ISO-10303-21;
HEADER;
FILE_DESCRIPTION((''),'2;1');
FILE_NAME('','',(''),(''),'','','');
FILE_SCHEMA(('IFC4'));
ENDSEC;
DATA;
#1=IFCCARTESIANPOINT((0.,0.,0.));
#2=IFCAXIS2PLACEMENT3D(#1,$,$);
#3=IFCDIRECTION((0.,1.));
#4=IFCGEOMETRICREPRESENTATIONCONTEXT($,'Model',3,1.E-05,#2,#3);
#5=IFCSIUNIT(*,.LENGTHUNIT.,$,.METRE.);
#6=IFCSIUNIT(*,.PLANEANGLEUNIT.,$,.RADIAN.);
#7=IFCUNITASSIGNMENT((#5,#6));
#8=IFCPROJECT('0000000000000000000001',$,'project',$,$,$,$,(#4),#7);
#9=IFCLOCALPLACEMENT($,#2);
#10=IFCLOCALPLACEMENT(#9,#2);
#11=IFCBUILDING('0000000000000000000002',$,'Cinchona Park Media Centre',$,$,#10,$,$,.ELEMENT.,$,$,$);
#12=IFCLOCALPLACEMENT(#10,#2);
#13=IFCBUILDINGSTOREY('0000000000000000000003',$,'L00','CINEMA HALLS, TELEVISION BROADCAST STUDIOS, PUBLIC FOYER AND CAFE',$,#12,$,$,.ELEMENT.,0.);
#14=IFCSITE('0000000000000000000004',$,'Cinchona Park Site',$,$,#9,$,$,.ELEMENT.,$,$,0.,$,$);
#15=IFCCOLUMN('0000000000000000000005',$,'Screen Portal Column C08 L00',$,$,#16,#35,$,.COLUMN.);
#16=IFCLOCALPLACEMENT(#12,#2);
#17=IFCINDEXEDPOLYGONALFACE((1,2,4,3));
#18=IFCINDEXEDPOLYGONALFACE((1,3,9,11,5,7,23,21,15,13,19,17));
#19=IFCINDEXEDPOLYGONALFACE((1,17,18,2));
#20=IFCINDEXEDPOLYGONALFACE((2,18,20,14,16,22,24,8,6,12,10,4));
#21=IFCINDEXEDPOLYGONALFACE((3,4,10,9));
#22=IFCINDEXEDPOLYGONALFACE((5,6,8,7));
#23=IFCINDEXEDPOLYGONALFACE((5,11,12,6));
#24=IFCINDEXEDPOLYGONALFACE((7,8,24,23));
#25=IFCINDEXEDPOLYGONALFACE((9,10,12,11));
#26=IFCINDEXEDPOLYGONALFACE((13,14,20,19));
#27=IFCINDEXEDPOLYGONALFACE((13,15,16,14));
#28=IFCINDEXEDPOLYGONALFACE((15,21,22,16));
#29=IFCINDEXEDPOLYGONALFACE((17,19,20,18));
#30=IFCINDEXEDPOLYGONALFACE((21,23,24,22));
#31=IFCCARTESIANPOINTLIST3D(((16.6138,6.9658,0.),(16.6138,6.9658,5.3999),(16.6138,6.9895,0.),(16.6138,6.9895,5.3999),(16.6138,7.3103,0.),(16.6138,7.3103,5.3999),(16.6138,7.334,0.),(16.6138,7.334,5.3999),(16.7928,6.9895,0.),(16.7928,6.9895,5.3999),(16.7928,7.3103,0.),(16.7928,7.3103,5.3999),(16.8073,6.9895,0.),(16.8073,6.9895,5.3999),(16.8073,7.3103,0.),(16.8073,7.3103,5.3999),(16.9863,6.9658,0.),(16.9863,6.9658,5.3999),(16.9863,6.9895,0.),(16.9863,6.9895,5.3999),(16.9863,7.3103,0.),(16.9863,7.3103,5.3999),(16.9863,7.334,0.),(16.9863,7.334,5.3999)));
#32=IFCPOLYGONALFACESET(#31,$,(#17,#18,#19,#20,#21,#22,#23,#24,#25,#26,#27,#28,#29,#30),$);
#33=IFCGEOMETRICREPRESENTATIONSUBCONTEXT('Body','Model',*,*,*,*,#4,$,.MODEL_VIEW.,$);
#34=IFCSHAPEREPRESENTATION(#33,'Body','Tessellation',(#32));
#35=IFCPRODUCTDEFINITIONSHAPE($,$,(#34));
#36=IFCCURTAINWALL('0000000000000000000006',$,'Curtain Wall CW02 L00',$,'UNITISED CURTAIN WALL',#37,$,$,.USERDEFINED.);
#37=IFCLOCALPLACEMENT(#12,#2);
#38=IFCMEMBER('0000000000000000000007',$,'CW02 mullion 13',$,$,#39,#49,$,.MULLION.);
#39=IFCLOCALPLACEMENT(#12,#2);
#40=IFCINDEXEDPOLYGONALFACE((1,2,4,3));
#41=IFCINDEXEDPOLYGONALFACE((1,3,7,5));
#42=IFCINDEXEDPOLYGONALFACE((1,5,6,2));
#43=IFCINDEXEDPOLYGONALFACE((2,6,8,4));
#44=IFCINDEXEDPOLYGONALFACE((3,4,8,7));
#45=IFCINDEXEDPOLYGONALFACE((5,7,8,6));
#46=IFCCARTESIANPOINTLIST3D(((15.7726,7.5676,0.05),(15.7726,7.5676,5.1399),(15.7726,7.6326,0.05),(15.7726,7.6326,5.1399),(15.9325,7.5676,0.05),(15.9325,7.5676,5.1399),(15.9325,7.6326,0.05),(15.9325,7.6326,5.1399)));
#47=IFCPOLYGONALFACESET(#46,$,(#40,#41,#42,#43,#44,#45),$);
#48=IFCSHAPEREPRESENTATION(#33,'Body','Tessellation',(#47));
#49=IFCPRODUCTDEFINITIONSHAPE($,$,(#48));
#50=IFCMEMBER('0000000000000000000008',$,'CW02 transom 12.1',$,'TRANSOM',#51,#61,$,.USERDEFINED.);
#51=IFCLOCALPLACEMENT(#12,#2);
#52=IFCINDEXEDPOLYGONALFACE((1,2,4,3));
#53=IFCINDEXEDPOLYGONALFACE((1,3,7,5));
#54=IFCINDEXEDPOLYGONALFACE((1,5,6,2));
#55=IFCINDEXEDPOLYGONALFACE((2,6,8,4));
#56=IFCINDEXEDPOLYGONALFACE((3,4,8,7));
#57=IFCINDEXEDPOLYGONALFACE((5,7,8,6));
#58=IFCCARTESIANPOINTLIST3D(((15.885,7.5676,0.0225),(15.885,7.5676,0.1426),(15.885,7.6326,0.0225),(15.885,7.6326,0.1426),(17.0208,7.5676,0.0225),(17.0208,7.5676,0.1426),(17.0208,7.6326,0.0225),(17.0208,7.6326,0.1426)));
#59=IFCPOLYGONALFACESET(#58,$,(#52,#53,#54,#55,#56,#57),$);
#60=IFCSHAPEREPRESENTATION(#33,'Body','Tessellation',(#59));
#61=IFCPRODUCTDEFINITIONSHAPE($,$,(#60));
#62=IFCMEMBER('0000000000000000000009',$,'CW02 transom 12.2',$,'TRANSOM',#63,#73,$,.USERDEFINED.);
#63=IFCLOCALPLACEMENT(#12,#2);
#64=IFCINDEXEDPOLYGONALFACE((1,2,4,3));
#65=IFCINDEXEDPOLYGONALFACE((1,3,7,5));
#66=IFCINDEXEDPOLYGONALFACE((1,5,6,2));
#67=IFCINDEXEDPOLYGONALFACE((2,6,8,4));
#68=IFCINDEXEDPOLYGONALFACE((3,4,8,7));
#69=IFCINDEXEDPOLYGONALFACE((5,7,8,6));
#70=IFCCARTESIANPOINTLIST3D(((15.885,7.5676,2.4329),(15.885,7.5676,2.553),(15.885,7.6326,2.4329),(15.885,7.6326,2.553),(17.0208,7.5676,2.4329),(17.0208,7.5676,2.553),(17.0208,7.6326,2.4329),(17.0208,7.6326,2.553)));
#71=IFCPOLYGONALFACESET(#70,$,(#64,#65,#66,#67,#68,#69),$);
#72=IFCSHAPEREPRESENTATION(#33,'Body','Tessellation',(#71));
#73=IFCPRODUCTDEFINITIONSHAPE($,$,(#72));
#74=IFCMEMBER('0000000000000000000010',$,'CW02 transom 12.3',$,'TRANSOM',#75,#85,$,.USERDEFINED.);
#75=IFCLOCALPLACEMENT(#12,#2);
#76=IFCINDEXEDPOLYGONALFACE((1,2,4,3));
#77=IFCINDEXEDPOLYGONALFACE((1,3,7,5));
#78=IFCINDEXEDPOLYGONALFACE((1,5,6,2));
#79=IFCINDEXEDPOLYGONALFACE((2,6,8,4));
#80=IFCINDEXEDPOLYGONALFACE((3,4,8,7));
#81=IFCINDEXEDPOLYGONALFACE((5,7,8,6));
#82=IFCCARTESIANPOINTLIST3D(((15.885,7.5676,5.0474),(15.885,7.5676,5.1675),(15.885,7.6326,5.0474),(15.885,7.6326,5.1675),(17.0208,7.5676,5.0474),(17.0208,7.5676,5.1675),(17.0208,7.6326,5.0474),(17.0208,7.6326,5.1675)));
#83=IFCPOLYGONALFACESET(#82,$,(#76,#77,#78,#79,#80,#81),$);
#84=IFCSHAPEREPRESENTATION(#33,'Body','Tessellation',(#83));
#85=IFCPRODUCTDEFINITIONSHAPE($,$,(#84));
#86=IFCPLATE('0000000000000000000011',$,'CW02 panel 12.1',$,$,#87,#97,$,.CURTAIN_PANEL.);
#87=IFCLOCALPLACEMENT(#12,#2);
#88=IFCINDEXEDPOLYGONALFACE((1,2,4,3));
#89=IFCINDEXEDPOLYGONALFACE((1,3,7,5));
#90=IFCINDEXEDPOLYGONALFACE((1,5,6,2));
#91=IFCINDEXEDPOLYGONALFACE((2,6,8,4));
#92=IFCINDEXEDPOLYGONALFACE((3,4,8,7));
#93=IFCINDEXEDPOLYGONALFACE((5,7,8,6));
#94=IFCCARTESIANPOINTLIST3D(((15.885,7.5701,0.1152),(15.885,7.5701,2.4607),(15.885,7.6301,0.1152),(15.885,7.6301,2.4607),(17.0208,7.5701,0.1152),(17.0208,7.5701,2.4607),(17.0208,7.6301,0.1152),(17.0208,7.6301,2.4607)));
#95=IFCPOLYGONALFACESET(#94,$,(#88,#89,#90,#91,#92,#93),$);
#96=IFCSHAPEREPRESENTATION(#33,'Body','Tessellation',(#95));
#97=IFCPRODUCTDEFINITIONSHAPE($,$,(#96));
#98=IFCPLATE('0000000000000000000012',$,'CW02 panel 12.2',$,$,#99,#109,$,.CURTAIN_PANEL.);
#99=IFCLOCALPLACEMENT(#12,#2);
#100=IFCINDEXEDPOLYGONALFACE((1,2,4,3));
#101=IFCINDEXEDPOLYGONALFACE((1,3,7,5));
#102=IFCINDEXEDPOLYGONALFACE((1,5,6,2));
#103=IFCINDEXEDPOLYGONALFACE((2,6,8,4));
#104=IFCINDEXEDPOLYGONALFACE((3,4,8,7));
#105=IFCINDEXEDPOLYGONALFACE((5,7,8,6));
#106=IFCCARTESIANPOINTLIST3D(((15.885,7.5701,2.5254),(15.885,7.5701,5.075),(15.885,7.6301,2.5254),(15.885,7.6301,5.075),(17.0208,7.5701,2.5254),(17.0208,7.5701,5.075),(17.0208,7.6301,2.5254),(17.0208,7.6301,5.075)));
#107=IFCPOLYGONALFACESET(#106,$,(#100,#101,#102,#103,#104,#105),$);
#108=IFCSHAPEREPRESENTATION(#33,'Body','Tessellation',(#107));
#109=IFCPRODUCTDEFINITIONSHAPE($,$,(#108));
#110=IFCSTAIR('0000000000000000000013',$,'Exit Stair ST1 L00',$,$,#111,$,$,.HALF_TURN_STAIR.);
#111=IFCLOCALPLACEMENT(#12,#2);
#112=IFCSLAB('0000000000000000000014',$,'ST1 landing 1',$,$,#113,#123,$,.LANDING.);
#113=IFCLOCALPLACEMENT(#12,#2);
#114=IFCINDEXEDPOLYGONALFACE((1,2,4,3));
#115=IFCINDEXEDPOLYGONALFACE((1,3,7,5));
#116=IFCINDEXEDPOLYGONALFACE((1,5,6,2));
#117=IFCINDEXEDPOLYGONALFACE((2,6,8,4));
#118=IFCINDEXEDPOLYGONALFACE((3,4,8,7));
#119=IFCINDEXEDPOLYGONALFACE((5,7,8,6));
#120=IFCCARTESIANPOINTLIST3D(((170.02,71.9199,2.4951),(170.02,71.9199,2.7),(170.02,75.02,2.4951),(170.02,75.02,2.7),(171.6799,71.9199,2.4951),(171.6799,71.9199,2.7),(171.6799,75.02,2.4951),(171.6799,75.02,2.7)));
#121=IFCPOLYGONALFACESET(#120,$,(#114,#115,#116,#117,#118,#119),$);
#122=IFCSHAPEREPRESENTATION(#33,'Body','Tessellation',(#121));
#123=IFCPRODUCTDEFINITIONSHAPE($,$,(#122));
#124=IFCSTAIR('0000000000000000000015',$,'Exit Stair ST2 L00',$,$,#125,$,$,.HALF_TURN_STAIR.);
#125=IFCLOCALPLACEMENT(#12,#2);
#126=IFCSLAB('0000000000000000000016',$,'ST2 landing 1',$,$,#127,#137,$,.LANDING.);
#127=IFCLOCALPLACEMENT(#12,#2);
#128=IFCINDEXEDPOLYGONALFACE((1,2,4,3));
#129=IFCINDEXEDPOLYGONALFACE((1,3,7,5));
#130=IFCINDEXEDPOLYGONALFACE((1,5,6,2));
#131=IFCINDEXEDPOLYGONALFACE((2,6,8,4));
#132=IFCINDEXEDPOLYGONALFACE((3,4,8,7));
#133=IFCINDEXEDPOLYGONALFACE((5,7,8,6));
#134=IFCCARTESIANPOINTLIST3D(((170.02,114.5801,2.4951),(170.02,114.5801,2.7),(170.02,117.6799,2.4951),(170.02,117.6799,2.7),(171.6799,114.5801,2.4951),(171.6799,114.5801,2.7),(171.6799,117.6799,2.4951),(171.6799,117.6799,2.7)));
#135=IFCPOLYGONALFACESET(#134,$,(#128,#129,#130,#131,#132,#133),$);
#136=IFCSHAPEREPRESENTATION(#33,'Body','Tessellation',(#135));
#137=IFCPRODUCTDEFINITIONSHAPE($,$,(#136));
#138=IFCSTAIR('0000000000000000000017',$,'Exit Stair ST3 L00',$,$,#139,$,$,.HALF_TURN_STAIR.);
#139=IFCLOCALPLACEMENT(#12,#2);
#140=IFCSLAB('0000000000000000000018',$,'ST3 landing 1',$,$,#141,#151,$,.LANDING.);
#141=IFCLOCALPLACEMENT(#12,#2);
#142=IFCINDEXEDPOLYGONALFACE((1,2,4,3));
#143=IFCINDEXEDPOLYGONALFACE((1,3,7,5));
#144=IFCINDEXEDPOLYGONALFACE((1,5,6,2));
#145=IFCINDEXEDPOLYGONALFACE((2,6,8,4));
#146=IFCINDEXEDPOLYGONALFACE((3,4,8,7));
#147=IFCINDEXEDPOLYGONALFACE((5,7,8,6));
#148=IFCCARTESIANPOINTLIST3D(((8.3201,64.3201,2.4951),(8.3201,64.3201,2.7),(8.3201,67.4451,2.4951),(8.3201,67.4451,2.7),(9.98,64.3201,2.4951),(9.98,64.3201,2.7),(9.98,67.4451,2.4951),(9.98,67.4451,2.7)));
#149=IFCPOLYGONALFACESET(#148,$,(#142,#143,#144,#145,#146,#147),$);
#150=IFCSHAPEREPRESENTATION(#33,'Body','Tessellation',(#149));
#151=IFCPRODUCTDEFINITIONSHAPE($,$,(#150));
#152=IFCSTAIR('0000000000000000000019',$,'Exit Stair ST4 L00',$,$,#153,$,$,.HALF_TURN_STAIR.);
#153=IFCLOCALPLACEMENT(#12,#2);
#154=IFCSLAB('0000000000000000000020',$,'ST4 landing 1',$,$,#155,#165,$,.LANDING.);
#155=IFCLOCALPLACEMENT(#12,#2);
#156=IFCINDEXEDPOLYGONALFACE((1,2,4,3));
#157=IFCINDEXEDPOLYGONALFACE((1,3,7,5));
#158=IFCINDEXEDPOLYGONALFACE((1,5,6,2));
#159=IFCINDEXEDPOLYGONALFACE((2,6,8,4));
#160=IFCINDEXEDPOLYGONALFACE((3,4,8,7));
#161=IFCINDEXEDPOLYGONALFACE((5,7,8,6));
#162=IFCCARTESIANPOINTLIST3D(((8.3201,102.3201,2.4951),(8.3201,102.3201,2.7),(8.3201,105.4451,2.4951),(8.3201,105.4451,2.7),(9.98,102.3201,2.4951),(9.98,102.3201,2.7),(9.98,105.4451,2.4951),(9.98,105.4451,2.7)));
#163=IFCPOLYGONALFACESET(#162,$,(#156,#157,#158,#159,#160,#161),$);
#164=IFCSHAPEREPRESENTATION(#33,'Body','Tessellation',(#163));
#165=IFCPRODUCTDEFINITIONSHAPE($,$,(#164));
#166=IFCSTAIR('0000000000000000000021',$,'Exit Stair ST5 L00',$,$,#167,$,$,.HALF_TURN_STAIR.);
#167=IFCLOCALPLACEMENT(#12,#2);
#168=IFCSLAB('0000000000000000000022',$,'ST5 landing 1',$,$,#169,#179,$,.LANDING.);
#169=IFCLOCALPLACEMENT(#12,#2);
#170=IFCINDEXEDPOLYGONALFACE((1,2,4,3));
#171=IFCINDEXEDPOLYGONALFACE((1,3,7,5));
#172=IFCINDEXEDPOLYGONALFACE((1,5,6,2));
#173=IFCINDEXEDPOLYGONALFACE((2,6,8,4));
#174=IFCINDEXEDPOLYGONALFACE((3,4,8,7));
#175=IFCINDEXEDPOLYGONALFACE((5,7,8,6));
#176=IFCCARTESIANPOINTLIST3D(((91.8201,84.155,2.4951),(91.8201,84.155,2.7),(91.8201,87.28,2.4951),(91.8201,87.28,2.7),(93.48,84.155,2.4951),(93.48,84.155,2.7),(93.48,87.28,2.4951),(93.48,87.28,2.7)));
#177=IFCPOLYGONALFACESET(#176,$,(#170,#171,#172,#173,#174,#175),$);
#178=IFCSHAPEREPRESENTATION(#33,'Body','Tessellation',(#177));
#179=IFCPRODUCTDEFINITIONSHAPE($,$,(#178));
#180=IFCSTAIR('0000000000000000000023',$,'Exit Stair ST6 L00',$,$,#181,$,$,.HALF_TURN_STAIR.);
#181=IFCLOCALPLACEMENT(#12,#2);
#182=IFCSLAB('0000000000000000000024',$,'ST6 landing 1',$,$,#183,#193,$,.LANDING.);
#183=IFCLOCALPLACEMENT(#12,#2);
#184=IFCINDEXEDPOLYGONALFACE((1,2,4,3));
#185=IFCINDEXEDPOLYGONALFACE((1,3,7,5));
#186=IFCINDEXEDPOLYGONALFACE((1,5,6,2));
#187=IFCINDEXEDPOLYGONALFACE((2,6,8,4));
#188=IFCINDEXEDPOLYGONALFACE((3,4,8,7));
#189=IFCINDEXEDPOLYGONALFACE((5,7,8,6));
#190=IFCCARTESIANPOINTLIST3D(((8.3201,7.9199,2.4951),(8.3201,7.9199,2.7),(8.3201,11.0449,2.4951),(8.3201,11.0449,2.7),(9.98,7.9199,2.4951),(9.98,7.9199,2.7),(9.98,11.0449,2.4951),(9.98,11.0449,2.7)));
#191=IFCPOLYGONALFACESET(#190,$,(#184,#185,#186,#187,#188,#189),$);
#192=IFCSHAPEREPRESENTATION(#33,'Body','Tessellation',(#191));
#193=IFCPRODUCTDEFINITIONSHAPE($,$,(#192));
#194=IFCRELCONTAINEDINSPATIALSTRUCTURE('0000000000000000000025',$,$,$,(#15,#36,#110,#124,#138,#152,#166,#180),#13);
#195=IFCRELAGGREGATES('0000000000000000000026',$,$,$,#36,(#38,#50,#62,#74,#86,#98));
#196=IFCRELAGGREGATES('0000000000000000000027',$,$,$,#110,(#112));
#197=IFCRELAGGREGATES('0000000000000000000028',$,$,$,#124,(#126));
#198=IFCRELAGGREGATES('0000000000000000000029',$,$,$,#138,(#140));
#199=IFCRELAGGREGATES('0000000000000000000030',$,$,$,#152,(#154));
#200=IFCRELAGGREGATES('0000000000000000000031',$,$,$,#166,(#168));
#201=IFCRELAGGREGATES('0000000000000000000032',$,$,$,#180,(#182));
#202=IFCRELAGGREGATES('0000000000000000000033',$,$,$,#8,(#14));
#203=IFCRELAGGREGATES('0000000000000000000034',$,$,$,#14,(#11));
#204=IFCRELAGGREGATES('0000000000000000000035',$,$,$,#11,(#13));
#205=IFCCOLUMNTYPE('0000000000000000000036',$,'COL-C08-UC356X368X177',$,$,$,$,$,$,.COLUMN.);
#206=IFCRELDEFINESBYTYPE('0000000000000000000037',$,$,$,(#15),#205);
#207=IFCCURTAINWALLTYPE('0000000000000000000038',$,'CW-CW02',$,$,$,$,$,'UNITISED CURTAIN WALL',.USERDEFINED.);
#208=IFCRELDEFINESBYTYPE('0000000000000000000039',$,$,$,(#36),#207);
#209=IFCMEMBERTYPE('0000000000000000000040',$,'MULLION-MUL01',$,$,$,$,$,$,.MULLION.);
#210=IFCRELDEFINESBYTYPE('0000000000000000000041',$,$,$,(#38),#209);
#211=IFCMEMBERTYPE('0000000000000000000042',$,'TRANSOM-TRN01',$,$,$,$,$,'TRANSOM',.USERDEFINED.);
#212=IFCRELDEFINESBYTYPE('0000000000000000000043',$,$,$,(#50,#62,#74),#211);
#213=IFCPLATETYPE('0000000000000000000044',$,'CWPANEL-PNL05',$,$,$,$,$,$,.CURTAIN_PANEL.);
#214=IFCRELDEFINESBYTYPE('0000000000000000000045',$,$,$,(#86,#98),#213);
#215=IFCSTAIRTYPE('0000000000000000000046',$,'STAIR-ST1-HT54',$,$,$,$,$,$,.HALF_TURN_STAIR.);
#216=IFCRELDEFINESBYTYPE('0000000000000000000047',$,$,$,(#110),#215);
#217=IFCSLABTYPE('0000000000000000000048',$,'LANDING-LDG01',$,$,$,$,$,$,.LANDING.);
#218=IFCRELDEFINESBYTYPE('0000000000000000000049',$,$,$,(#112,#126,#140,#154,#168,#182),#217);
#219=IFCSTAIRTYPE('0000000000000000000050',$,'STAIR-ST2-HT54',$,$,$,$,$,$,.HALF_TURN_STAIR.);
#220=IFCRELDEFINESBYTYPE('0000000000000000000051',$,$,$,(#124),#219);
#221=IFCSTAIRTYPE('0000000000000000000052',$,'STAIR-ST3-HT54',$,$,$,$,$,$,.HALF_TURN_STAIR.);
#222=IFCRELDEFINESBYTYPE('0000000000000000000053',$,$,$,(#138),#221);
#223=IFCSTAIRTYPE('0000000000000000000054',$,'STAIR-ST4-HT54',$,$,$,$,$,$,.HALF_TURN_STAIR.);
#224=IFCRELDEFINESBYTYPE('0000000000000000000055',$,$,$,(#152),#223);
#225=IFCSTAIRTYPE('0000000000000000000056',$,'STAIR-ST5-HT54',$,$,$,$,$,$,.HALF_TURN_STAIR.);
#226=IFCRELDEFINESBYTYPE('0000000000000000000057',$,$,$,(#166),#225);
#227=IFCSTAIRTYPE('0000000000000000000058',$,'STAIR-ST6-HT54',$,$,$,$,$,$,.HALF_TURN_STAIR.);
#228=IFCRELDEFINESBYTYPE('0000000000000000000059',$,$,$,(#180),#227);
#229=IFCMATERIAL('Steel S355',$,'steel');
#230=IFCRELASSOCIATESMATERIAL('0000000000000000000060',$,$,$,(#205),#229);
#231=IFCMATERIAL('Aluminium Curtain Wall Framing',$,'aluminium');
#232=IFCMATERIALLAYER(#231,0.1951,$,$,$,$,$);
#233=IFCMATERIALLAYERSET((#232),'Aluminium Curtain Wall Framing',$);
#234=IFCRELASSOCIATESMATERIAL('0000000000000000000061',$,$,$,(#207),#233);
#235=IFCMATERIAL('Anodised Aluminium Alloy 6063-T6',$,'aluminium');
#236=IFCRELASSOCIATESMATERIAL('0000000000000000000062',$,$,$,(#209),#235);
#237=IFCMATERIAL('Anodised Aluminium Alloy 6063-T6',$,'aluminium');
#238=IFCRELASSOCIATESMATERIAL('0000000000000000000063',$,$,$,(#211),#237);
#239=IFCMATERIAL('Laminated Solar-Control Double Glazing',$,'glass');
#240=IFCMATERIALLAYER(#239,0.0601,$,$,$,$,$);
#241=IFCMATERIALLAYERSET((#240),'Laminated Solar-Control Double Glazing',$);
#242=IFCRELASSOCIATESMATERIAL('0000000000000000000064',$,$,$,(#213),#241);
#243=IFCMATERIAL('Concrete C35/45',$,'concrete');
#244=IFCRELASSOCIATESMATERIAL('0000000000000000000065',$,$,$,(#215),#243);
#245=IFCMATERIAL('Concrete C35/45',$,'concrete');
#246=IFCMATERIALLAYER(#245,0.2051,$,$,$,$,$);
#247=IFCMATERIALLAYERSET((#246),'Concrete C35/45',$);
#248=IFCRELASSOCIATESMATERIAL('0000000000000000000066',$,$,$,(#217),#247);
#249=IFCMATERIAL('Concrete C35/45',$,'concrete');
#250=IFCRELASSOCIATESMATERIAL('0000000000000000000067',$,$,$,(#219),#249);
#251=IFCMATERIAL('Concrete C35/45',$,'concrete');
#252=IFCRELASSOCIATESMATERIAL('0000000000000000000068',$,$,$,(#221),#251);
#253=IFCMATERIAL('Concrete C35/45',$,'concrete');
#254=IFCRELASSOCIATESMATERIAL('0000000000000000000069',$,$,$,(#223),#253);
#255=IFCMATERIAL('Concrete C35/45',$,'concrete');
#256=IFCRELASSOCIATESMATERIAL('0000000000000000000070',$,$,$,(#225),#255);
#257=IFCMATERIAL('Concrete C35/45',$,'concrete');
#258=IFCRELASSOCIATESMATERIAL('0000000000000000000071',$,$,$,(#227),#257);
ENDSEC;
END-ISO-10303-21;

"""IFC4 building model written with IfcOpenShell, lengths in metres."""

from ifc_helpers import new_model, si_unit, direction, frame, origin, origin_2d, place, context, subcontext, project, spatial, polyline, rectangle, i_section, outline, extrude, material, layer, layer_set, material_profile, profile_set, type_object, element, aggregate, save


model = new_model("IFC4")

# Units and contexts
model_context = context("Model", 3, precision=1e-05, world=origin(), true_north=direction((0.0, 1.0)))
body_context = subcontext(model_context, "Body", "Model", "MODEL_VIEW")
ifc_project = project(units=[si_unit("LENGTHUNIT", "METRE"), si_unit("PLANEANGLEUNIT", "RADIAN")], contexts=[model_context])

# Site, building, storey
site_placement = place(None, origin())
site = spatial("IfcSite", under=ifc_project, at=site_placement, Name="Cinchona Park Site", CompositionType="ELEMENT", RefElevation=0.0)
building_placement = place(site_placement, origin())
building = spatial("IfcBuilding", under=site, at=building_placement, Name="Cinchona Park Media Centre", CompositionType="ELEMENT")
storey_placement = place(building_placement, origin())
storey = spatial("IfcBuildingStorey", under=building, at=storey_placement, Name="L00", Description="CINEMA HALLS, TELEVISION BROADCAST STUDIOS, PUBLIC FOYER AND CAFE", CompositionType="ELEMENT", Elevation=0.0)

# Column
ifc_material_1 = material(Name="Steel S355", Category="steel")
ifc_material_profile_1 = material_profile(ifc_material_1, i_section(OverallWidth=0.3726, OverallDepth=0.3682, WebThickness=0.0144, FlangeThickness=0.0237, at=origin_2d()), Name="UC356X368X177")
ifc_profile_set_1 = profile_set([ifc_material_profile_1], Name="Steel S355")
column_type = type_object("IfcColumnType", Name="COL-C08-UC356X368X177", PredefinedType="COLUMN", material=ifc_profile_set_1)
column_placement = place(storey_placement, frame((16.8, 7.1499, 0.0), z_axis=(0.0, 0.0, 1.0), x_axis=(1.0, 0.0, 0.0)))
element("IfcColumn", 1, at=column_placement, inside=storey, type_object=column_type, Name="Screen Portal Column C08 L00", PredefinedType="COLUMN", context=body_context, shape_type="SweptSolid", body=[
    extrude(i_section(OverallWidth=0.3726, OverallDepth=0.3682, WebThickness=0.0144, FlangeThickness=0.0237, at=origin_2d()), origin(), (0.0, 0.0, 1.0), 5.3999),
])

# Curtain wall, members, plates
ifc_material_2 = material(Name="Aluminium Curtain Wall Framing", Category="aluminium")
ifc_layer_1 = layer(ifc_material_2, 0.1951)
ifc_layer_set_1 = layer_set([ifc_layer_1], Name="Aluminium Curtain Wall Framing")
curtain_wall_type = type_object("IfcCurtainWallType", Name="CW-CW02", ElementType="UNITISED CURTAIN WALL", PredefinedType="USERDEFINED", material=ifc_layer_set_1)
curtain_wall_placement = place(storey_placement, origin())
curtain_wall = element("IfcCurtainWall", 2, at=curtain_wall_placement, inside=storey, type_object=curtain_wall_type, Name="Curtain Wall CW02 L00", ObjectType="UNITISED CURTAIN WALL", PredefinedType="USERDEFINED")
ifc_material_3 = material(Name="Anodised Aluminium Alloy 6063-T6", Category="aluminium")
ifc_material_profile_2 = material_profile(ifc_material_3, rectangle(XDim=0.0649, YDim=0.1599, at=origin_2d()), Name="MUL-65X160")
ifc_profile_set_2 = profile_set([ifc_material_profile_2], Name="Anodised Aluminium Alloy 6063-T6")
member_type_1 = type_object("IfcMemberType", Name="MULLION-MUL01", PredefinedType="MULLION", material=ifc_profile_set_2)
member_1_placement = place(storey_placement, frame((15.8525, 7.6001, 0.05), z_axis=(0.0, 0.0, 1.0), x_axis=(0.0, -1.0, 0.0)))
member_1 = element("IfcMember", 3, at=member_1_placement, type_object=member_type_1, Name="CW02 mullion 13", PredefinedType="MULLION", context=body_context, shape_type="SweptSolid", body=[
    extrude(rectangle(XDim=0.0649, YDim=0.1599, at=origin_2d()), origin(), (0.0, 0.0, 1.0), 5.0898),
])
ifc_material_4 = material(Name="Anodised Aluminium Alloy 6063-T6", Category="aluminium")
ifc_material_profile_3 = material_profile(ifc_material_4, rectangle(XDim=0.0649, YDim=0.1201, at=origin_2d()), Name="TRN-65X120")
ifc_profile_set_3 = profile_set([ifc_material_profile_3], Name="Anodised Aluminium Alloy 6063-T6")
member_type_2 = type_object("IfcMemberType", Name="TRANSOM-TRN01", ElementType="TRANSOM", PredefinedType="USERDEFINED", material=ifc_profile_set_3)
member_2_placement = place(storey_placement, frame((17.0208, 7.6001, 0.0825), z_axis=(-1.0, 0.0, 0.0), x_axis=(0.0, -1.0, 0.0)))
member_2 = element("IfcMember", 4, at=member_2_placement, type_object=member_type_2, Name="CW02 transom 12.1", ObjectType="TRANSOM", PredefinedType="USERDEFINED", context=body_context, shape_type="SweptSolid", body=[
    extrude(rectangle(XDim=0.0649, YDim=0.1201, at=origin_2d()), origin(), (0.0, 0.0, 1.0), 1.1357),
])
member_3_placement = place(storey_placement, frame((17.0208, 7.6001, 2.4929), z_axis=(-1.0, 0.0, 0.0), x_axis=(0.0, -1.0, 0.0)))
member_3 = element("IfcMember", 5, at=member_3_placement, type_object=member_type_2, Name="CW02 transom 12.2", ObjectType="TRANSOM", PredefinedType="USERDEFINED", context=body_context, shape_type="SweptSolid", body=[
    extrude(rectangle(XDim=0.0649, YDim=0.1201, at=origin_2d()), origin(), (0.0, 0.0, 1.0), 1.1357),
])
member_4_placement = place(storey_placement, frame((17.0208, 7.6001, 5.1074), z_axis=(-1.0, 0.0, 0.0), x_axis=(0.0, -1.0, 0.0)))
member_4 = element("IfcMember", 6, at=member_4_placement, type_object=member_type_2, Name="CW02 transom 12.3", ObjectType="TRANSOM", PredefinedType="USERDEFINED", context=body_context, shape_type="SweptSolid", body=[
    extrude(rectangle(XDim=0.0649, YDim=0.1201, at=origin_2d()), origin(), (0.0, 0.0, 1.0), 1.1357),
])
ifc_material_5 = material(Name="Laminated Solar-Control Double Glazing", Category="glass")
ifc_layer_2 = layer(ifc_material_5, 0.0601)
ifc_layer_set_2 = layer_set([ifc_layer_2], Name="Laminated Solar-Control Double Glazing")
plate_type = type_object("IfcPlateType", Name="CWPANEL-PNL05", PredefinedType="CURTAIN_PANEL", material=ifc_layer_set_2)
plate_1_placement = place(storey_placement, frame((16.4529, 7.6001, 0.1152), z_axis=(0.0, 0.0, 1.0), x_axis=(-1.0, 0.0, 0.0)))
plate_1 = element("IfcPlate", 7, at=plate_1_placement, type_object=plate_type, Name="CW02 panel 12.1", PredefinedType="CURTAIN_PANEL", context=body_context, shape_type="SweptSolid", body=[
    extrude(rectangle(XDim=1.1357, YDim=0.0601, at=origin_2d()), origin(), (0.0, 0.0, 1.0), 2.3455),
])
plate_2_placement = place(storey_placement, frame((16.4529, 7.6001, 2.5254), z_axis=(0.0, 0.0, 1.0), x_axis=(-1.0, 0.0, 0.0)))
plate_2 = element("IfcPlate", 8, at=plate_2_placement, type_object=plate_type, Name="CW02 panel 12.2", PredefinedType="CURTAIN_PANEL", context=body_context, shape_type="SweptSolid", body=[
    extrude(rectangle(XDim=1.1357, YDim=0.0601, at=origin_2d()), origin(), (0.0, 0.0, 1.0), 2.5496),
])
aggregate(curtain_wall, [member_1, member_2, member_3, member_4, plate_1, plate_2])

# Stairs, slabs
ifc_material_6 = material(Name="Concrete C35/45", Category="concrete")
stair_type_1 = type_object("IfcStairType", Name="STAIR-ST1-HT54", PredefinedType="HALF_TURN_STAIR", material=ifc_material_6)
stair_1_placement = place(storey_placement, origin())
stair_1 = element("IfcStair", 9, at=stair_1_placement, inside=storey, type_object=stair_type_1, Name="Exit Stair ST1 L00", PredefinedType="HALF_TURN_STAIR")
ifc_material_7 = material(Name="Concrete C35/45", Category="concrete")
ifc_layer_3 = layer(ifc_material_7, 0.2051)
ifc_layer_set_3 = layer_set([ifc_layer_3], Name="Concrete C35/45")
slab_type_1 = type_object("IfcSlabType", Name="LANDING-LDG01", PredefinedType="LANDING", material=ifc_layer_set_3)
slab_1_placement = place(storey_placement, frame((0.0, 0.0, 2.4951)))
slab_1 = element("IfcSlab", 10, at=slab_1_placement, type_object=slab_type_1, Name="ST1 landing 1", PredefinedType="LANDING", context=body_context, shape_type="SweptSolid", body=[
    extrude(outline(polyline([(170.02, 71.9199), (171.6799, 71.9199), (171.6799, 75.02), (170.02, 75.02), (170.02, 71.9199)])), origin(), (0.0, 0.0, 1.0), 0.2048),
])
aggregate(stair_1, [slab_1])
ifc_material_8 = material(Name="Concrete C35/45", Category="concrete")
stair_type_2 = type_object("IfcStairType", Name="STAIR-ST2-HT54", PredefinedType="HALF_TURN_STAIR", material=ifc_material_8)
stair_2_placement = place(storey_placement, origin())
stair_2 = element("IfcStair", 11, at=stair_2_placement, inside=storey, type_object=stair_type_2, Name="Exit Stair ST2 L00", PredefinedType="HALF_TURN_STAIR")
slab_2_placement = place(storey_placement, frame((0.0, 0.0, 2.4951)))
slab_2 = element("IfcSlab", 12, at=slab_2_placement, type_object=slab_type_1, Name="ST2 landing 1", PredefinedType="LANDING", context=body_context, shape_type="SweptSolid", body=[
    extrude(outline(polyline([(170.02, 114.5801), (171.6799, 114.5801), (171.6799, 117.6799), (170.02, 117.6799), (170.02, 114.5801)])), origin(), (0.0, 0.0, 1.0), 0.2048),
])
aggregate(stair_2, [slab_2])
ifc_material_9 = material(Name="Concrete C35/45", Category="concrete")
stair_type_3 = type_object("IfcStairType", Name="STAIR-ST3-HT54", PredefinedType="HALF_TURN_STAIR", material=ifc_material_9)
stair_3_placement = place(storey_placement, origin())
stair_3 = element("IfcStair", 13, at=stair_3_placement, inside=storey, type_object=stair_type_3, Name="Exit Stair ST3 L00", PredefinedType="HALF_TURN_STAIR")
slab_3_placement = place(storey_placement, frame((0.0, 0.0, 2.4951)))
slab_3 = element("IfcSlab", 14, at=slab_3_placement, type_object=slab_type_1, Name="ST3 landing 1", PredefinedType="LANDING", context=body_context, shape_type="SweptSolid", body=[
    extrude(outline(polyline([(8.3201, 64.3201), (9.98, 64.3201), (9.98, 67.4451), (8.3201, 67.4451), (8.3201, 64.3201)])), origin(), (0.0, 0.0, 1.0), 0.2048),
])
aggregate(stair_3, [slab_3])
ifc_material_10 = material(Name="Concrete C35/45", Category="concrete")
stair_type_4 = type_object("IfcStairType", Name="STAIR-ST4-HT54", PredefinedType="HALF_TURN_STAIR", material=ifc_material_10)
stair_4_placement = place(storey_placement, origin())
stair_4 = element("IfcStair", 15, at=stair_4_placement, inside=storey, type_object=stair_type_4, Name="Exit Stair ST4 L00", PredefinedType="HALF_TURN_STAIR")
slab_4_placement = place(storey_placement, frame((0.0, 0.0, 2.4951)))
slab_4 = element("IfcSlab", 16, at=slab_4_placement, type_object=slab_type_1, Name="ST4 landing 1", PredefinedType="LANDING", context=body_context, shape_type="SweptSolid", body=[
    extrude(outline(polyline([(8.3201, 102.3201), (9.98, 102.3201), (9.98, 105.4451), (8.3201, 105.4451), (8.3201, 102.3201)])), origin(), (0.0, 0.0, 1.0), 0.2048),
])
aggregate(stair_4, [slab_4])
ifc_material_11 = material(Name="Concrete C35/45", Category="concrete")
stair_type_5 = type_object("IfcStairType", Name="STAIR-ST5-HT54", PredefinedType="HALF_TURN_STAIR", material=ifc_material_11)
stair_5_placement = place(storey_placement, origin())
stair_5 = element("IfcStair", 17, at=stair_5_placement, inside=storey, type_object=stair_type_5, Name="Exit Stair ST5 L00", PredefinedType="HALF_TURN_STAIR")
slab_5_placement = place(storey_placement, frame((0.0, 0.0, 2.4951)))
slab_5 = element("IfcSlab", 18, at=slab_5_placement, type_object=slab_type_1, Name="ST5 landing 1", PredefinedType="LANDING", context=body_context, shape_type="SweptSolid", body=[
    extrude(outline(polyline([(91.8201, 84.155), (93.48, 84.155), (93.48, 87.28), (91.8201, 87.28), (91.8201, 84.155)])), origin(), (0.0, 0.0, 1.0), 0.2048),
])
aggregate(stair_5, [slab_5])
ifc_material_12 = material(Name="Concrete C35/45", Category="concrete")
stair_type_6 = type_object("IfcStairType", Name="STAIR-ST6-HT54", PredefinedType="HALF_TURN_STAIR", material=ifc_material_12)
stair_6_placement = place(storey_placement, origin())
stair_6 = element("IfcStair", 19, at=stair_6_placement, inside=storey, type_object=stair_type_6, Name="Exit Stair ST6 L00", PredefinedType="HALF_TURN_STAIR")
slab_6_placement = place(storey_placement, frame((0.0, 0.0, 2.4951)))
slab_6 = element("IfcSlab", 20, at=slab_6_placement, type_object=slab_type_1, Name="ST6 landing 1", PredefinedType="LANDING", context=body_context, shape_type="SweptSolid", body=[
    extrude(outline(polyline([(8.3201, 7.9199), (9.98, 7.9199), (9.98, 11.0449), (8.3201, 11.0449), (8.3201, 7.9199)])), origin(), (0.0, 0.0, 1.0), 0.2048),
])
aggregate(stair_6, [slab_6])

save(model, "model.ifc")
